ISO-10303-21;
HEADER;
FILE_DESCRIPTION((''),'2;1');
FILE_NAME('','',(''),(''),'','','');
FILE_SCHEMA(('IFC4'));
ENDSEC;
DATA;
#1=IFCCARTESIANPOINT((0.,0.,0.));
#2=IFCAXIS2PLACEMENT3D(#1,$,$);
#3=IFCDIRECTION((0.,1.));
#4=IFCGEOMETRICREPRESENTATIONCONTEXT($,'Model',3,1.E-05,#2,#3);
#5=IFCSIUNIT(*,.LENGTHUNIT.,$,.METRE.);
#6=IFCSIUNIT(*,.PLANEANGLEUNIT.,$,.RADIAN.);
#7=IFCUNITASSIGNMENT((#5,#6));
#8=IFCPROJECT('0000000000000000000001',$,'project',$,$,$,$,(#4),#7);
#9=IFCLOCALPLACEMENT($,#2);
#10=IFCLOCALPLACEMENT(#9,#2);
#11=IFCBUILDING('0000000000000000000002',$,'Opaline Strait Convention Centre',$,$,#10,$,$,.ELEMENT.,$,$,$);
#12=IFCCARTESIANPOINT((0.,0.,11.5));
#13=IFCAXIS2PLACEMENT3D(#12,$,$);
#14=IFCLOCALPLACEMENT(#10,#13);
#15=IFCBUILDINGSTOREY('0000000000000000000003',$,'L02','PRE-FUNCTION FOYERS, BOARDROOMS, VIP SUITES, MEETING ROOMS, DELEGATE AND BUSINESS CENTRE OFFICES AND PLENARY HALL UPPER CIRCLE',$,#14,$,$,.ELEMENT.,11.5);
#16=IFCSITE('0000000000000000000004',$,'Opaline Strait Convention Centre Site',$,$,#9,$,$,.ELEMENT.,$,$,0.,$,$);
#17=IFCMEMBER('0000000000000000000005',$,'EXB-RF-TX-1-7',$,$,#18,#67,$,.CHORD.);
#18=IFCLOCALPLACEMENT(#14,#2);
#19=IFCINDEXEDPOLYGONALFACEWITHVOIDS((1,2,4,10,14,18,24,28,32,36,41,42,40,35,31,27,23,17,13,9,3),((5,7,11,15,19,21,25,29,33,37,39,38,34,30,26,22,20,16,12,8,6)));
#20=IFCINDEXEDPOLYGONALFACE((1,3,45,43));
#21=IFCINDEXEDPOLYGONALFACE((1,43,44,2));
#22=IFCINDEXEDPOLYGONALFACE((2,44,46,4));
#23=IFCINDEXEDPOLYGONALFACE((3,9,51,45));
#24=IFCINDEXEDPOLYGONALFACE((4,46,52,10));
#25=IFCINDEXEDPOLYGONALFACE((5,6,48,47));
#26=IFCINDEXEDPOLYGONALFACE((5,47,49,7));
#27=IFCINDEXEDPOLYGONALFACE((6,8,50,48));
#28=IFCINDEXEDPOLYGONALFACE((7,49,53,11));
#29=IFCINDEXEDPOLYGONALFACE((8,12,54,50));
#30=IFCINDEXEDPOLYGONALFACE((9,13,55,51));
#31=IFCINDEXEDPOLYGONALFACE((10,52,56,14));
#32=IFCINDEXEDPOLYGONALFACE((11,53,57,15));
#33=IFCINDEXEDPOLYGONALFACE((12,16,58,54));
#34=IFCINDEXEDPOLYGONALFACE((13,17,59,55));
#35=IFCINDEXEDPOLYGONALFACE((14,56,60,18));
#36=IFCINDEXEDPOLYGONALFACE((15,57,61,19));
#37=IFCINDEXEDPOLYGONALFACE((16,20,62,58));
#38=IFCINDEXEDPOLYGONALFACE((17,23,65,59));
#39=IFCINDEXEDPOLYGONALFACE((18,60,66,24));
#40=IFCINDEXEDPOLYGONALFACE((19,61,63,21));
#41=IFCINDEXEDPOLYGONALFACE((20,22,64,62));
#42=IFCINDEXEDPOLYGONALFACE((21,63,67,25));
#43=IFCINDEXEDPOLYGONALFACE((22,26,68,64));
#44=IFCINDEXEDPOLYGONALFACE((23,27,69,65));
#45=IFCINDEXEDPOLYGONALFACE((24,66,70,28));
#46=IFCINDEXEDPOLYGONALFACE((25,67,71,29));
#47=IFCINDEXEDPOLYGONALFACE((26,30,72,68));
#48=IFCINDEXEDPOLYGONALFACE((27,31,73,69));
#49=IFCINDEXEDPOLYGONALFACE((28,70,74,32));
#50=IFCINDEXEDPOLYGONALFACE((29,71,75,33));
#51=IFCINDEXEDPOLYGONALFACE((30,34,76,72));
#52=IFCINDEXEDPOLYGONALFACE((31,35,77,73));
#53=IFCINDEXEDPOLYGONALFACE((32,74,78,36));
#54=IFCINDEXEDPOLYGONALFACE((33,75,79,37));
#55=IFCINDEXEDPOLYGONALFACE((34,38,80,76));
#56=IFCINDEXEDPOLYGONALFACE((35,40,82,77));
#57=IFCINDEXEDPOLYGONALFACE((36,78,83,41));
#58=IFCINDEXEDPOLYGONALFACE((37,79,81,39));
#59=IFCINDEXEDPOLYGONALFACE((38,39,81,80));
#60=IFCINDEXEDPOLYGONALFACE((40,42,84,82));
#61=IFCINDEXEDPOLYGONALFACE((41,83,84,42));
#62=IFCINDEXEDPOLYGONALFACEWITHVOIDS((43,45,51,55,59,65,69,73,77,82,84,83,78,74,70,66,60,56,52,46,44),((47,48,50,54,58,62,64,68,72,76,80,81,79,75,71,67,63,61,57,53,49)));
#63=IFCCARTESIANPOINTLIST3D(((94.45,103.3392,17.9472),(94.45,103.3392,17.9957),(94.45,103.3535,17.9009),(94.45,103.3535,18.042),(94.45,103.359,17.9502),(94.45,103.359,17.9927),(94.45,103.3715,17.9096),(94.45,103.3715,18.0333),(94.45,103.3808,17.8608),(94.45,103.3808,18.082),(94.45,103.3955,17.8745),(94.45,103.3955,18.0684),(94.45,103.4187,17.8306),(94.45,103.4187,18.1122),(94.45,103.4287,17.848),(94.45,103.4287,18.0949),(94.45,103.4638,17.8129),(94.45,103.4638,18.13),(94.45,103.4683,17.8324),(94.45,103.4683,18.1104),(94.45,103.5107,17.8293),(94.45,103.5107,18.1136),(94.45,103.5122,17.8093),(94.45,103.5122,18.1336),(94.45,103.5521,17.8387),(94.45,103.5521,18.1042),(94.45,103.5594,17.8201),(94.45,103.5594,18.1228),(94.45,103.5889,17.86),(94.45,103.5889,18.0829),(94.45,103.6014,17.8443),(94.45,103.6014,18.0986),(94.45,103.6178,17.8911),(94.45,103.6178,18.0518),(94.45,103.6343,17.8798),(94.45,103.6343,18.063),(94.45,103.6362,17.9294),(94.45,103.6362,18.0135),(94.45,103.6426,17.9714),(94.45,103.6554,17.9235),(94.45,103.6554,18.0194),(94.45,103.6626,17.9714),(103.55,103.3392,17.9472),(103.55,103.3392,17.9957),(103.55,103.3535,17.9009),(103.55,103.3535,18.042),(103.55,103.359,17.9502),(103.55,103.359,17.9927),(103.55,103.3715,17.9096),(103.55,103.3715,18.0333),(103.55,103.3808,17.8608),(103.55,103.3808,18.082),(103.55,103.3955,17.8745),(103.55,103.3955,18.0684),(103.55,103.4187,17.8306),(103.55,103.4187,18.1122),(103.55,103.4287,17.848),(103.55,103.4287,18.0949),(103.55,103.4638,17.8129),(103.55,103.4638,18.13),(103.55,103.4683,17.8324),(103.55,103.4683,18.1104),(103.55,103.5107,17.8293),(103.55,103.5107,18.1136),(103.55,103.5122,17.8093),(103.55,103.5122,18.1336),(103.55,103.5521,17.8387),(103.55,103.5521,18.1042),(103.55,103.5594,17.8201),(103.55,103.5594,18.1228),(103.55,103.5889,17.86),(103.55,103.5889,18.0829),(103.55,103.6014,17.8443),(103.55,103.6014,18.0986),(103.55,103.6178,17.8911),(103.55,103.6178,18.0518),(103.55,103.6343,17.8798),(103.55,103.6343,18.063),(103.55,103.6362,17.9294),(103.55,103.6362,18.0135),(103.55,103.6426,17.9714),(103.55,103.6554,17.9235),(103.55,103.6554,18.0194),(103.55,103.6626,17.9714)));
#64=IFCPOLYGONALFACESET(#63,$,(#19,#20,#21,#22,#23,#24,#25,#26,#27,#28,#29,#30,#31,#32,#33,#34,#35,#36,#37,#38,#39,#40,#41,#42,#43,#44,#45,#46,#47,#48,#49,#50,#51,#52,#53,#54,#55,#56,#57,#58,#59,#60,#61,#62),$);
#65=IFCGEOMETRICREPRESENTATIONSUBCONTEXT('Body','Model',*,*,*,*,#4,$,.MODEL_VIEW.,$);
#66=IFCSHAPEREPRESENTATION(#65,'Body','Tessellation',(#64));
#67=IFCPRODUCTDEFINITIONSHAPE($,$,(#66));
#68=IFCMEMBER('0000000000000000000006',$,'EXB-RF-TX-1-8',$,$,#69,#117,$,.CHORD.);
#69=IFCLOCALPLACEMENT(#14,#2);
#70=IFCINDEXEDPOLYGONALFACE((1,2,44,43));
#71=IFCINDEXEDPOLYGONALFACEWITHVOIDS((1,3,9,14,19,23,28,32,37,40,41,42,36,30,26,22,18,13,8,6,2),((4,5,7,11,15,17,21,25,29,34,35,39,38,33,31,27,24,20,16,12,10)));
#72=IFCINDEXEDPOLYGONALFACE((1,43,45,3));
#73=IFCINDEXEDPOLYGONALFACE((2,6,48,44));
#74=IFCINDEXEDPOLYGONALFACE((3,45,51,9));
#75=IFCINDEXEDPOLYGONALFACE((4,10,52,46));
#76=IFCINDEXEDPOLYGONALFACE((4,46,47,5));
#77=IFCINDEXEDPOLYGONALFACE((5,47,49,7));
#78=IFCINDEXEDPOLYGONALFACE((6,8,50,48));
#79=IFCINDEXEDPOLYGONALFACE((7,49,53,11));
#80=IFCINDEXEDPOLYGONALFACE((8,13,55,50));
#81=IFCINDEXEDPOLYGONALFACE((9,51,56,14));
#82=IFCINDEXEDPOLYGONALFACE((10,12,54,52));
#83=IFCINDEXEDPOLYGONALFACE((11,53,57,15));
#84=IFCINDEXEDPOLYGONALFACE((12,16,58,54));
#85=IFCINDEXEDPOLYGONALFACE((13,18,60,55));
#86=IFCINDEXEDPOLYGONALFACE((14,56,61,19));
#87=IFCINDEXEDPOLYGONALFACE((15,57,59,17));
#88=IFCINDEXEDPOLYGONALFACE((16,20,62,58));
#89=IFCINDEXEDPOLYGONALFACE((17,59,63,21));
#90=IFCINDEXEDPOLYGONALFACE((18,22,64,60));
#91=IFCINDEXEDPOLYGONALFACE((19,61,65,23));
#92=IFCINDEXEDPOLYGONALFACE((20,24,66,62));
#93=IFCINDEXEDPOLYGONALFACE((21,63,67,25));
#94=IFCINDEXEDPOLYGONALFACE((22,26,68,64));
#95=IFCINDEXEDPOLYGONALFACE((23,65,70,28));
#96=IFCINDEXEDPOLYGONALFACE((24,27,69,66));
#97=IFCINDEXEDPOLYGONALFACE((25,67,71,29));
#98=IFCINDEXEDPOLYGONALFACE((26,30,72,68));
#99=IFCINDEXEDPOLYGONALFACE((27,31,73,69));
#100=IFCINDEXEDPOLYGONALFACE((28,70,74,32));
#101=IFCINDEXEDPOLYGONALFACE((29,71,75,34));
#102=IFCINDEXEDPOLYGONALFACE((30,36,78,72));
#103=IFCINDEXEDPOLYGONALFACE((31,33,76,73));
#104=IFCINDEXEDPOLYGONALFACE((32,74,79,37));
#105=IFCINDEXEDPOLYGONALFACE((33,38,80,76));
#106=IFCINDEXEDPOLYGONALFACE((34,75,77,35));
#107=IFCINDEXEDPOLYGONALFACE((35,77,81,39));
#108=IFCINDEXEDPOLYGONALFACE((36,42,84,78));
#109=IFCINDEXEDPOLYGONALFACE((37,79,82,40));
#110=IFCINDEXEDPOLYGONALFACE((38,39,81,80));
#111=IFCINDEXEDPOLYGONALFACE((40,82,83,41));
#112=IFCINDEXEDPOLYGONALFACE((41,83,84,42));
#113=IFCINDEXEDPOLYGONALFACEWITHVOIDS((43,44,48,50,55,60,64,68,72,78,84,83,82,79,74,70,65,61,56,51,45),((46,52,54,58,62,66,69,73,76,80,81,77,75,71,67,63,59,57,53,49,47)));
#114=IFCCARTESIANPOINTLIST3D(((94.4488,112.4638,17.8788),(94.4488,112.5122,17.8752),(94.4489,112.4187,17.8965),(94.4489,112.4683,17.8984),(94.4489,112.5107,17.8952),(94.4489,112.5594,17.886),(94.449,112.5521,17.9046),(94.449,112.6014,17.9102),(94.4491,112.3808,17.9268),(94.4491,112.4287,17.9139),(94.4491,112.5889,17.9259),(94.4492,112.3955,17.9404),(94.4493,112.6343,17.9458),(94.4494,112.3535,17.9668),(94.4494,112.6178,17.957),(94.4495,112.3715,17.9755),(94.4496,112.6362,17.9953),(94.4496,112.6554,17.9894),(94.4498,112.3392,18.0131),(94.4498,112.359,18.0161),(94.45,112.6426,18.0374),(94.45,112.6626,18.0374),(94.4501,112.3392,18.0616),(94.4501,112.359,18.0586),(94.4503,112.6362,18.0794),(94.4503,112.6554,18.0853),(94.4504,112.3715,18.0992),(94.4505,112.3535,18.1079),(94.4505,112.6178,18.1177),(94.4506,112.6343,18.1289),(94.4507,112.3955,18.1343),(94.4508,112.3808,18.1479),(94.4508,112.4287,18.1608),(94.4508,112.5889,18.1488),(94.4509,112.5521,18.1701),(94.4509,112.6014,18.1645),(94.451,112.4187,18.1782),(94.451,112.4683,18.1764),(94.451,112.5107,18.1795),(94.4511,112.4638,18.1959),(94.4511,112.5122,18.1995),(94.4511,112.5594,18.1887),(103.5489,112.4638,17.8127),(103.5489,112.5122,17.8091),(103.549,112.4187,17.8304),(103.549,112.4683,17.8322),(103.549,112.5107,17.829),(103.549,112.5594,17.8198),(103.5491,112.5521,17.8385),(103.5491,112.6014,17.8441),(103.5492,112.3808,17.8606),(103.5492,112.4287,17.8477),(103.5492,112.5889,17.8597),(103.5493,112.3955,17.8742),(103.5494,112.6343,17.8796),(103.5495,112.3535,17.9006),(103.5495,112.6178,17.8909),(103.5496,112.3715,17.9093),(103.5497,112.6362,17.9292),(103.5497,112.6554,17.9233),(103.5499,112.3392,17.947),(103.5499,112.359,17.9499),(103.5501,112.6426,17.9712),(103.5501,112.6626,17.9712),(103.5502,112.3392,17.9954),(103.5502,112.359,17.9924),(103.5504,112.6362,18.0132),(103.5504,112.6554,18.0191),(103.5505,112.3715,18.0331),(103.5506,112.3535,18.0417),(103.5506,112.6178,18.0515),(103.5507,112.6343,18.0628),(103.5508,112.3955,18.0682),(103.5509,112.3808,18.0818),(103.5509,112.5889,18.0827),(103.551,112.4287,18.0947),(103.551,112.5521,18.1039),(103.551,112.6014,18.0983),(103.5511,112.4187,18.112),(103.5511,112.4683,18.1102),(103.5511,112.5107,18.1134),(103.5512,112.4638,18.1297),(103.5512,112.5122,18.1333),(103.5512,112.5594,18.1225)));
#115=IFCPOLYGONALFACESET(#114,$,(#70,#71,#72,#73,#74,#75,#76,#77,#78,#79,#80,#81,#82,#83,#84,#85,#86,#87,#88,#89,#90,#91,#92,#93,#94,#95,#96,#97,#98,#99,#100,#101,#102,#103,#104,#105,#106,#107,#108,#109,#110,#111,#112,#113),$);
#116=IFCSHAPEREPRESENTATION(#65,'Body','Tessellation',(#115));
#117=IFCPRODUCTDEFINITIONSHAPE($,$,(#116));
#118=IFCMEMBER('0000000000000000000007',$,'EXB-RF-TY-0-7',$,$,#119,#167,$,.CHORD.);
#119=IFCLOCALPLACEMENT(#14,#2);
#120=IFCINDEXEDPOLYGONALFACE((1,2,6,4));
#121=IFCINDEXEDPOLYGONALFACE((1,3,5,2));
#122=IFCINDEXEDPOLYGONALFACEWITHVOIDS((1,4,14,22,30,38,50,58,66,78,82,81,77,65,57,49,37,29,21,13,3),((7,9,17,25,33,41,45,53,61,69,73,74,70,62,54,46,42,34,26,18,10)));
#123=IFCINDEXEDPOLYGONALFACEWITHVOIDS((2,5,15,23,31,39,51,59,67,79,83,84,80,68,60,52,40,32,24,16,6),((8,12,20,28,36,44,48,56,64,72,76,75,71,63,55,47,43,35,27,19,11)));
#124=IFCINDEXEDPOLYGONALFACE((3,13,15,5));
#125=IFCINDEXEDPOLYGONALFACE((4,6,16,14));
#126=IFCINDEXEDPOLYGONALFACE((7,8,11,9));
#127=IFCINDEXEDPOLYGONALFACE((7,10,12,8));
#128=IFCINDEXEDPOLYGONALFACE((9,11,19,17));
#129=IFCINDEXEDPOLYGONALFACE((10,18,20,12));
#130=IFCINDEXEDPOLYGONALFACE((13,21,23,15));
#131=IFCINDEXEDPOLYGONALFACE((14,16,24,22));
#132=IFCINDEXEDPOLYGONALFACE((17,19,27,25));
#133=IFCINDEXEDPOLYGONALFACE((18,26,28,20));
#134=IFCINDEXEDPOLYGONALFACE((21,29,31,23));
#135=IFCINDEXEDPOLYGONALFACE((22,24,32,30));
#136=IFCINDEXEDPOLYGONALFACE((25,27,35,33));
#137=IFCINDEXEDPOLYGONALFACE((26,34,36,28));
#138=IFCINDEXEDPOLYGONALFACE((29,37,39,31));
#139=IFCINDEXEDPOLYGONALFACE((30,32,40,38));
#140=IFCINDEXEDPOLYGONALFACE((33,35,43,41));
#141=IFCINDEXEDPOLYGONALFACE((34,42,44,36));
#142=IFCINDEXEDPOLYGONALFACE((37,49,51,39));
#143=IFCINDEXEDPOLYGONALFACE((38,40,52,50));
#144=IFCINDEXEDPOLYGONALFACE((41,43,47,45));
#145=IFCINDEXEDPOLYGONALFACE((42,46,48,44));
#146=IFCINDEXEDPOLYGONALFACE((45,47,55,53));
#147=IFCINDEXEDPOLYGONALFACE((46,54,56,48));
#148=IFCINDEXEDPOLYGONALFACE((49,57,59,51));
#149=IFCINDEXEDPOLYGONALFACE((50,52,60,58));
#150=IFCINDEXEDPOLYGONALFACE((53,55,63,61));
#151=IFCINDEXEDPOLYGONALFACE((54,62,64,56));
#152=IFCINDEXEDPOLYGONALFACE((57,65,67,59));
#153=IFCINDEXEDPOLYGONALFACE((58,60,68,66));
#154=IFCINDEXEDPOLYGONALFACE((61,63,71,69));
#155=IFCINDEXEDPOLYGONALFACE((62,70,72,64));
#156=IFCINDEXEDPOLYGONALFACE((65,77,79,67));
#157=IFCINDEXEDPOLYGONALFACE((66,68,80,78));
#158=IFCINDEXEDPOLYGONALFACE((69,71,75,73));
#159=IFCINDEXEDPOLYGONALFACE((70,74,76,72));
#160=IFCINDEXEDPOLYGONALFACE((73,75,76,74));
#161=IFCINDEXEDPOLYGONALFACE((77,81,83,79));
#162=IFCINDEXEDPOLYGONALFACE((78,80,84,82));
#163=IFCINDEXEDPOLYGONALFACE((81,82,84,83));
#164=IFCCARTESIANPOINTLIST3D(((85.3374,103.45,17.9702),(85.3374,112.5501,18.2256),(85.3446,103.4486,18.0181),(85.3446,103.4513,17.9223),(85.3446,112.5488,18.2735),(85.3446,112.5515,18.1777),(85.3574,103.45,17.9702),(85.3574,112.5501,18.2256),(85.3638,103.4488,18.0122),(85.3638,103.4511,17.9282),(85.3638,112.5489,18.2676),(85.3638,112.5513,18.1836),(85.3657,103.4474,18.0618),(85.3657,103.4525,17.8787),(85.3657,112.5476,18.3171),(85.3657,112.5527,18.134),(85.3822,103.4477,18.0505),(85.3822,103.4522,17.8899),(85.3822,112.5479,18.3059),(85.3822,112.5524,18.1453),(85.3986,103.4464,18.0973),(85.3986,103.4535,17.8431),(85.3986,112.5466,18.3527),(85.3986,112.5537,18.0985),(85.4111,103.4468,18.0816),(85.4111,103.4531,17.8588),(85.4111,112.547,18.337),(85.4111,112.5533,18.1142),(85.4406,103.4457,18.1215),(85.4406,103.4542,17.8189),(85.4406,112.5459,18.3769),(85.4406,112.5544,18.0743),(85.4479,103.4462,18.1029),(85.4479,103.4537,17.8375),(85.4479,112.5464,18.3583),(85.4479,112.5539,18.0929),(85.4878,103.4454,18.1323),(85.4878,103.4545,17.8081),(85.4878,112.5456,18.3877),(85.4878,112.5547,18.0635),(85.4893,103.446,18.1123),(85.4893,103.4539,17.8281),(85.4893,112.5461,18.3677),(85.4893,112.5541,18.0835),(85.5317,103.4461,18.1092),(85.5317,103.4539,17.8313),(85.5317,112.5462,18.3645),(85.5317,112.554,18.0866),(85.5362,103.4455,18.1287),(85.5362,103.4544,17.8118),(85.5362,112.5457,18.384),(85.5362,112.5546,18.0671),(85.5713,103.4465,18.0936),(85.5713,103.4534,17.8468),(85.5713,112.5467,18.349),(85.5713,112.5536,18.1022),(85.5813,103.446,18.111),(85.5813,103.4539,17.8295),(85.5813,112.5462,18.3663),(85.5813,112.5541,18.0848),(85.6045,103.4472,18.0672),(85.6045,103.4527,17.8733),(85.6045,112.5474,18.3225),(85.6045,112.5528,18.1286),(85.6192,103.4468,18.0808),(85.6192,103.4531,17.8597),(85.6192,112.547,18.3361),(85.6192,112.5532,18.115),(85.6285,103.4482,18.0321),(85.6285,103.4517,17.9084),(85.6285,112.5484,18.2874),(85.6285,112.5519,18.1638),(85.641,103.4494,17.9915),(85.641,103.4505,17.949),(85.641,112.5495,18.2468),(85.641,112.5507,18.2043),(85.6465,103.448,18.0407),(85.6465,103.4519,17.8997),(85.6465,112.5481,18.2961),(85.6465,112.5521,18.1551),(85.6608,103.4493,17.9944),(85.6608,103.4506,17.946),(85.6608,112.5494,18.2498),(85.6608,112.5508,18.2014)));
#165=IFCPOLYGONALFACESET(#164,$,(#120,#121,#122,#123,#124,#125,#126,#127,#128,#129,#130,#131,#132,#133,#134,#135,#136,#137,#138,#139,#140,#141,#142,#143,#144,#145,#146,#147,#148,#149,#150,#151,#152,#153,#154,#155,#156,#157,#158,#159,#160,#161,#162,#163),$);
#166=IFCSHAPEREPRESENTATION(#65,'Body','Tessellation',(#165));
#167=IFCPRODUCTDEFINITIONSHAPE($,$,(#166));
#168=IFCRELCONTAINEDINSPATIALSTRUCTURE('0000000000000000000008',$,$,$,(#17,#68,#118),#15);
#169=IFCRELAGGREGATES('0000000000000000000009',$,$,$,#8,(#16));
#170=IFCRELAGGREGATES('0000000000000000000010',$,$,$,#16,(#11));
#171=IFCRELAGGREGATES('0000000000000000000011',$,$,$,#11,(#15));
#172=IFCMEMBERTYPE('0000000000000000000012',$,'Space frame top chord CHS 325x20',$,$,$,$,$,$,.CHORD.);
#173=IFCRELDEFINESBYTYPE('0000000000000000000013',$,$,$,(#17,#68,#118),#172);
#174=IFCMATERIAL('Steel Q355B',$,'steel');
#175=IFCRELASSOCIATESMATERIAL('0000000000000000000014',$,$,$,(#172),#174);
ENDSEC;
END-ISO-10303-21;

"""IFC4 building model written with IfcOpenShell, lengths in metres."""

from ifc_helpers import new_model, si_unit, direction, frame, origin, origin_2d, place, context, subcontext, project, spatial, hollow_circle, extrude, material, material_profile, profile_set, type_object, element, save


model = new_model("IFC4")

# Units and contexts
model_context = context("Model", 3, precision=1e-05, world=origin(), true_north=direction((0.0, 1.0)))
body_context = subcontext(model_context, "Body", "Model", "MODEL_VIEW")
ifc_project = project(units=[si_unit("LENGTHUNIT", "METRE"), si_unit("PLANEANGLEUNIT", "RADIAN")], contexts=[model_context])

# Site, building, storey
site_placement = place(None, origin())
site = spatial("IfcSite", under=ifc_project, at=site_placement, Name="Opaline Strait Convention Centre Site", CompositionType="ELEMENT", RefElevation=0.0)
building_placement = place(site_placement, origin())
building = spatial("IfcBuilding", under=site, at=building_placement, Name="Opaline Strait Convention Centre", CompositionType="ELEMENT")
storey_placement = place(building_placement, frame((0.0, 0.0, 11.5)))
storey = spatial("IfcBuildingStorey", under=building, at=storey_placement, Name="L02", Description="PRE-FUNCTION FOYERS, BOARDROOMS, VIP SUITES, MEETING ROOMS, DELEGATE AND BUSINESS CENTRE OFFICES AND PLENARY HALL UPPER CIRCLE", CompositionType="ELEMENT", Elevation=11.5)

# Members
ifc_material_1 = material(Name="Steel Q355B", Category="steel")
ifc_material_profile_1 = material_profile(ifc_material_1, hollow_circle(Radius=0.1626, WallThickness=0.02, at=origin_2d()), Name="CHS 325x20")
ifc_profile_set_1 = profile_set([ifc_material_profile_1], Name="Steel Q355B")
member_type_1 = type_object("IfcMemberType", Name="Space frame top chord CHS 325x20", PredefinedType="CHORD", material=ifc_profile_set_1)
member_1_placement = place(storey_placement, frame((94.45, 103.5, 17.9714), z_axis=(1.0, 0.0, 0.0), x_axis=(0.0, 1.0, 0.0)))
element("IfcMember", 1, at=member_1_placement, inside=storey, type_object=member_type_1, Name="EXB-RF-TX-1-7", PredefinedType="CHORD", context=body_context, shape_type="SweptSolid", body=[
    extrude(hollow_circle(Radius=0.1626, WallThickness=0.02, at=origin_2d()), origin(), (0.0, 0.0, 1.0), 9.1001),
])
member_2_placement = place(storey_placement, frame((94.45, 112.5, 18.0374), z_axis=(0.999974, 0.0, -0.00727), x_axis=(0.0, 1.0, 0.0)))
element("IfcMember", 2, at=member_2_placement, inside=storey, type_object=member_type_1, Name="EXB-RF-TX-1-8", PredefinedType="CHORD", context=body_context, shape_type="SweptSolid", body=[
    extrude(hollow_circle(Radius=0.1626, WallThickness=0.02, at=origin_2d()), origin(), (0.0, 0.0, 1.0), 9.1003),
])
member_3_placement = place(storey_placement, frame((85.5, 103.45, 17.9702), z_axis=(0.0, 0.999606, 0.028051), x_axis=(-1.0, 0.0, 0.0)))
element("IfcMember", 3, at=member_3_placement, inside=storey, type_object=member_type_1, Name="EXB-RF-TY-0-7", PredefinedType="CHORD", context=body_context, shape_type="SweptSolid", body=[
    extrude(hollow_circle(Radius=0.1626, WallThickness=0.02, at=origin_2d()), origin(), (0.0, 0.0, 1.0), 9.1038),
])

save(model, "model.ifc")
